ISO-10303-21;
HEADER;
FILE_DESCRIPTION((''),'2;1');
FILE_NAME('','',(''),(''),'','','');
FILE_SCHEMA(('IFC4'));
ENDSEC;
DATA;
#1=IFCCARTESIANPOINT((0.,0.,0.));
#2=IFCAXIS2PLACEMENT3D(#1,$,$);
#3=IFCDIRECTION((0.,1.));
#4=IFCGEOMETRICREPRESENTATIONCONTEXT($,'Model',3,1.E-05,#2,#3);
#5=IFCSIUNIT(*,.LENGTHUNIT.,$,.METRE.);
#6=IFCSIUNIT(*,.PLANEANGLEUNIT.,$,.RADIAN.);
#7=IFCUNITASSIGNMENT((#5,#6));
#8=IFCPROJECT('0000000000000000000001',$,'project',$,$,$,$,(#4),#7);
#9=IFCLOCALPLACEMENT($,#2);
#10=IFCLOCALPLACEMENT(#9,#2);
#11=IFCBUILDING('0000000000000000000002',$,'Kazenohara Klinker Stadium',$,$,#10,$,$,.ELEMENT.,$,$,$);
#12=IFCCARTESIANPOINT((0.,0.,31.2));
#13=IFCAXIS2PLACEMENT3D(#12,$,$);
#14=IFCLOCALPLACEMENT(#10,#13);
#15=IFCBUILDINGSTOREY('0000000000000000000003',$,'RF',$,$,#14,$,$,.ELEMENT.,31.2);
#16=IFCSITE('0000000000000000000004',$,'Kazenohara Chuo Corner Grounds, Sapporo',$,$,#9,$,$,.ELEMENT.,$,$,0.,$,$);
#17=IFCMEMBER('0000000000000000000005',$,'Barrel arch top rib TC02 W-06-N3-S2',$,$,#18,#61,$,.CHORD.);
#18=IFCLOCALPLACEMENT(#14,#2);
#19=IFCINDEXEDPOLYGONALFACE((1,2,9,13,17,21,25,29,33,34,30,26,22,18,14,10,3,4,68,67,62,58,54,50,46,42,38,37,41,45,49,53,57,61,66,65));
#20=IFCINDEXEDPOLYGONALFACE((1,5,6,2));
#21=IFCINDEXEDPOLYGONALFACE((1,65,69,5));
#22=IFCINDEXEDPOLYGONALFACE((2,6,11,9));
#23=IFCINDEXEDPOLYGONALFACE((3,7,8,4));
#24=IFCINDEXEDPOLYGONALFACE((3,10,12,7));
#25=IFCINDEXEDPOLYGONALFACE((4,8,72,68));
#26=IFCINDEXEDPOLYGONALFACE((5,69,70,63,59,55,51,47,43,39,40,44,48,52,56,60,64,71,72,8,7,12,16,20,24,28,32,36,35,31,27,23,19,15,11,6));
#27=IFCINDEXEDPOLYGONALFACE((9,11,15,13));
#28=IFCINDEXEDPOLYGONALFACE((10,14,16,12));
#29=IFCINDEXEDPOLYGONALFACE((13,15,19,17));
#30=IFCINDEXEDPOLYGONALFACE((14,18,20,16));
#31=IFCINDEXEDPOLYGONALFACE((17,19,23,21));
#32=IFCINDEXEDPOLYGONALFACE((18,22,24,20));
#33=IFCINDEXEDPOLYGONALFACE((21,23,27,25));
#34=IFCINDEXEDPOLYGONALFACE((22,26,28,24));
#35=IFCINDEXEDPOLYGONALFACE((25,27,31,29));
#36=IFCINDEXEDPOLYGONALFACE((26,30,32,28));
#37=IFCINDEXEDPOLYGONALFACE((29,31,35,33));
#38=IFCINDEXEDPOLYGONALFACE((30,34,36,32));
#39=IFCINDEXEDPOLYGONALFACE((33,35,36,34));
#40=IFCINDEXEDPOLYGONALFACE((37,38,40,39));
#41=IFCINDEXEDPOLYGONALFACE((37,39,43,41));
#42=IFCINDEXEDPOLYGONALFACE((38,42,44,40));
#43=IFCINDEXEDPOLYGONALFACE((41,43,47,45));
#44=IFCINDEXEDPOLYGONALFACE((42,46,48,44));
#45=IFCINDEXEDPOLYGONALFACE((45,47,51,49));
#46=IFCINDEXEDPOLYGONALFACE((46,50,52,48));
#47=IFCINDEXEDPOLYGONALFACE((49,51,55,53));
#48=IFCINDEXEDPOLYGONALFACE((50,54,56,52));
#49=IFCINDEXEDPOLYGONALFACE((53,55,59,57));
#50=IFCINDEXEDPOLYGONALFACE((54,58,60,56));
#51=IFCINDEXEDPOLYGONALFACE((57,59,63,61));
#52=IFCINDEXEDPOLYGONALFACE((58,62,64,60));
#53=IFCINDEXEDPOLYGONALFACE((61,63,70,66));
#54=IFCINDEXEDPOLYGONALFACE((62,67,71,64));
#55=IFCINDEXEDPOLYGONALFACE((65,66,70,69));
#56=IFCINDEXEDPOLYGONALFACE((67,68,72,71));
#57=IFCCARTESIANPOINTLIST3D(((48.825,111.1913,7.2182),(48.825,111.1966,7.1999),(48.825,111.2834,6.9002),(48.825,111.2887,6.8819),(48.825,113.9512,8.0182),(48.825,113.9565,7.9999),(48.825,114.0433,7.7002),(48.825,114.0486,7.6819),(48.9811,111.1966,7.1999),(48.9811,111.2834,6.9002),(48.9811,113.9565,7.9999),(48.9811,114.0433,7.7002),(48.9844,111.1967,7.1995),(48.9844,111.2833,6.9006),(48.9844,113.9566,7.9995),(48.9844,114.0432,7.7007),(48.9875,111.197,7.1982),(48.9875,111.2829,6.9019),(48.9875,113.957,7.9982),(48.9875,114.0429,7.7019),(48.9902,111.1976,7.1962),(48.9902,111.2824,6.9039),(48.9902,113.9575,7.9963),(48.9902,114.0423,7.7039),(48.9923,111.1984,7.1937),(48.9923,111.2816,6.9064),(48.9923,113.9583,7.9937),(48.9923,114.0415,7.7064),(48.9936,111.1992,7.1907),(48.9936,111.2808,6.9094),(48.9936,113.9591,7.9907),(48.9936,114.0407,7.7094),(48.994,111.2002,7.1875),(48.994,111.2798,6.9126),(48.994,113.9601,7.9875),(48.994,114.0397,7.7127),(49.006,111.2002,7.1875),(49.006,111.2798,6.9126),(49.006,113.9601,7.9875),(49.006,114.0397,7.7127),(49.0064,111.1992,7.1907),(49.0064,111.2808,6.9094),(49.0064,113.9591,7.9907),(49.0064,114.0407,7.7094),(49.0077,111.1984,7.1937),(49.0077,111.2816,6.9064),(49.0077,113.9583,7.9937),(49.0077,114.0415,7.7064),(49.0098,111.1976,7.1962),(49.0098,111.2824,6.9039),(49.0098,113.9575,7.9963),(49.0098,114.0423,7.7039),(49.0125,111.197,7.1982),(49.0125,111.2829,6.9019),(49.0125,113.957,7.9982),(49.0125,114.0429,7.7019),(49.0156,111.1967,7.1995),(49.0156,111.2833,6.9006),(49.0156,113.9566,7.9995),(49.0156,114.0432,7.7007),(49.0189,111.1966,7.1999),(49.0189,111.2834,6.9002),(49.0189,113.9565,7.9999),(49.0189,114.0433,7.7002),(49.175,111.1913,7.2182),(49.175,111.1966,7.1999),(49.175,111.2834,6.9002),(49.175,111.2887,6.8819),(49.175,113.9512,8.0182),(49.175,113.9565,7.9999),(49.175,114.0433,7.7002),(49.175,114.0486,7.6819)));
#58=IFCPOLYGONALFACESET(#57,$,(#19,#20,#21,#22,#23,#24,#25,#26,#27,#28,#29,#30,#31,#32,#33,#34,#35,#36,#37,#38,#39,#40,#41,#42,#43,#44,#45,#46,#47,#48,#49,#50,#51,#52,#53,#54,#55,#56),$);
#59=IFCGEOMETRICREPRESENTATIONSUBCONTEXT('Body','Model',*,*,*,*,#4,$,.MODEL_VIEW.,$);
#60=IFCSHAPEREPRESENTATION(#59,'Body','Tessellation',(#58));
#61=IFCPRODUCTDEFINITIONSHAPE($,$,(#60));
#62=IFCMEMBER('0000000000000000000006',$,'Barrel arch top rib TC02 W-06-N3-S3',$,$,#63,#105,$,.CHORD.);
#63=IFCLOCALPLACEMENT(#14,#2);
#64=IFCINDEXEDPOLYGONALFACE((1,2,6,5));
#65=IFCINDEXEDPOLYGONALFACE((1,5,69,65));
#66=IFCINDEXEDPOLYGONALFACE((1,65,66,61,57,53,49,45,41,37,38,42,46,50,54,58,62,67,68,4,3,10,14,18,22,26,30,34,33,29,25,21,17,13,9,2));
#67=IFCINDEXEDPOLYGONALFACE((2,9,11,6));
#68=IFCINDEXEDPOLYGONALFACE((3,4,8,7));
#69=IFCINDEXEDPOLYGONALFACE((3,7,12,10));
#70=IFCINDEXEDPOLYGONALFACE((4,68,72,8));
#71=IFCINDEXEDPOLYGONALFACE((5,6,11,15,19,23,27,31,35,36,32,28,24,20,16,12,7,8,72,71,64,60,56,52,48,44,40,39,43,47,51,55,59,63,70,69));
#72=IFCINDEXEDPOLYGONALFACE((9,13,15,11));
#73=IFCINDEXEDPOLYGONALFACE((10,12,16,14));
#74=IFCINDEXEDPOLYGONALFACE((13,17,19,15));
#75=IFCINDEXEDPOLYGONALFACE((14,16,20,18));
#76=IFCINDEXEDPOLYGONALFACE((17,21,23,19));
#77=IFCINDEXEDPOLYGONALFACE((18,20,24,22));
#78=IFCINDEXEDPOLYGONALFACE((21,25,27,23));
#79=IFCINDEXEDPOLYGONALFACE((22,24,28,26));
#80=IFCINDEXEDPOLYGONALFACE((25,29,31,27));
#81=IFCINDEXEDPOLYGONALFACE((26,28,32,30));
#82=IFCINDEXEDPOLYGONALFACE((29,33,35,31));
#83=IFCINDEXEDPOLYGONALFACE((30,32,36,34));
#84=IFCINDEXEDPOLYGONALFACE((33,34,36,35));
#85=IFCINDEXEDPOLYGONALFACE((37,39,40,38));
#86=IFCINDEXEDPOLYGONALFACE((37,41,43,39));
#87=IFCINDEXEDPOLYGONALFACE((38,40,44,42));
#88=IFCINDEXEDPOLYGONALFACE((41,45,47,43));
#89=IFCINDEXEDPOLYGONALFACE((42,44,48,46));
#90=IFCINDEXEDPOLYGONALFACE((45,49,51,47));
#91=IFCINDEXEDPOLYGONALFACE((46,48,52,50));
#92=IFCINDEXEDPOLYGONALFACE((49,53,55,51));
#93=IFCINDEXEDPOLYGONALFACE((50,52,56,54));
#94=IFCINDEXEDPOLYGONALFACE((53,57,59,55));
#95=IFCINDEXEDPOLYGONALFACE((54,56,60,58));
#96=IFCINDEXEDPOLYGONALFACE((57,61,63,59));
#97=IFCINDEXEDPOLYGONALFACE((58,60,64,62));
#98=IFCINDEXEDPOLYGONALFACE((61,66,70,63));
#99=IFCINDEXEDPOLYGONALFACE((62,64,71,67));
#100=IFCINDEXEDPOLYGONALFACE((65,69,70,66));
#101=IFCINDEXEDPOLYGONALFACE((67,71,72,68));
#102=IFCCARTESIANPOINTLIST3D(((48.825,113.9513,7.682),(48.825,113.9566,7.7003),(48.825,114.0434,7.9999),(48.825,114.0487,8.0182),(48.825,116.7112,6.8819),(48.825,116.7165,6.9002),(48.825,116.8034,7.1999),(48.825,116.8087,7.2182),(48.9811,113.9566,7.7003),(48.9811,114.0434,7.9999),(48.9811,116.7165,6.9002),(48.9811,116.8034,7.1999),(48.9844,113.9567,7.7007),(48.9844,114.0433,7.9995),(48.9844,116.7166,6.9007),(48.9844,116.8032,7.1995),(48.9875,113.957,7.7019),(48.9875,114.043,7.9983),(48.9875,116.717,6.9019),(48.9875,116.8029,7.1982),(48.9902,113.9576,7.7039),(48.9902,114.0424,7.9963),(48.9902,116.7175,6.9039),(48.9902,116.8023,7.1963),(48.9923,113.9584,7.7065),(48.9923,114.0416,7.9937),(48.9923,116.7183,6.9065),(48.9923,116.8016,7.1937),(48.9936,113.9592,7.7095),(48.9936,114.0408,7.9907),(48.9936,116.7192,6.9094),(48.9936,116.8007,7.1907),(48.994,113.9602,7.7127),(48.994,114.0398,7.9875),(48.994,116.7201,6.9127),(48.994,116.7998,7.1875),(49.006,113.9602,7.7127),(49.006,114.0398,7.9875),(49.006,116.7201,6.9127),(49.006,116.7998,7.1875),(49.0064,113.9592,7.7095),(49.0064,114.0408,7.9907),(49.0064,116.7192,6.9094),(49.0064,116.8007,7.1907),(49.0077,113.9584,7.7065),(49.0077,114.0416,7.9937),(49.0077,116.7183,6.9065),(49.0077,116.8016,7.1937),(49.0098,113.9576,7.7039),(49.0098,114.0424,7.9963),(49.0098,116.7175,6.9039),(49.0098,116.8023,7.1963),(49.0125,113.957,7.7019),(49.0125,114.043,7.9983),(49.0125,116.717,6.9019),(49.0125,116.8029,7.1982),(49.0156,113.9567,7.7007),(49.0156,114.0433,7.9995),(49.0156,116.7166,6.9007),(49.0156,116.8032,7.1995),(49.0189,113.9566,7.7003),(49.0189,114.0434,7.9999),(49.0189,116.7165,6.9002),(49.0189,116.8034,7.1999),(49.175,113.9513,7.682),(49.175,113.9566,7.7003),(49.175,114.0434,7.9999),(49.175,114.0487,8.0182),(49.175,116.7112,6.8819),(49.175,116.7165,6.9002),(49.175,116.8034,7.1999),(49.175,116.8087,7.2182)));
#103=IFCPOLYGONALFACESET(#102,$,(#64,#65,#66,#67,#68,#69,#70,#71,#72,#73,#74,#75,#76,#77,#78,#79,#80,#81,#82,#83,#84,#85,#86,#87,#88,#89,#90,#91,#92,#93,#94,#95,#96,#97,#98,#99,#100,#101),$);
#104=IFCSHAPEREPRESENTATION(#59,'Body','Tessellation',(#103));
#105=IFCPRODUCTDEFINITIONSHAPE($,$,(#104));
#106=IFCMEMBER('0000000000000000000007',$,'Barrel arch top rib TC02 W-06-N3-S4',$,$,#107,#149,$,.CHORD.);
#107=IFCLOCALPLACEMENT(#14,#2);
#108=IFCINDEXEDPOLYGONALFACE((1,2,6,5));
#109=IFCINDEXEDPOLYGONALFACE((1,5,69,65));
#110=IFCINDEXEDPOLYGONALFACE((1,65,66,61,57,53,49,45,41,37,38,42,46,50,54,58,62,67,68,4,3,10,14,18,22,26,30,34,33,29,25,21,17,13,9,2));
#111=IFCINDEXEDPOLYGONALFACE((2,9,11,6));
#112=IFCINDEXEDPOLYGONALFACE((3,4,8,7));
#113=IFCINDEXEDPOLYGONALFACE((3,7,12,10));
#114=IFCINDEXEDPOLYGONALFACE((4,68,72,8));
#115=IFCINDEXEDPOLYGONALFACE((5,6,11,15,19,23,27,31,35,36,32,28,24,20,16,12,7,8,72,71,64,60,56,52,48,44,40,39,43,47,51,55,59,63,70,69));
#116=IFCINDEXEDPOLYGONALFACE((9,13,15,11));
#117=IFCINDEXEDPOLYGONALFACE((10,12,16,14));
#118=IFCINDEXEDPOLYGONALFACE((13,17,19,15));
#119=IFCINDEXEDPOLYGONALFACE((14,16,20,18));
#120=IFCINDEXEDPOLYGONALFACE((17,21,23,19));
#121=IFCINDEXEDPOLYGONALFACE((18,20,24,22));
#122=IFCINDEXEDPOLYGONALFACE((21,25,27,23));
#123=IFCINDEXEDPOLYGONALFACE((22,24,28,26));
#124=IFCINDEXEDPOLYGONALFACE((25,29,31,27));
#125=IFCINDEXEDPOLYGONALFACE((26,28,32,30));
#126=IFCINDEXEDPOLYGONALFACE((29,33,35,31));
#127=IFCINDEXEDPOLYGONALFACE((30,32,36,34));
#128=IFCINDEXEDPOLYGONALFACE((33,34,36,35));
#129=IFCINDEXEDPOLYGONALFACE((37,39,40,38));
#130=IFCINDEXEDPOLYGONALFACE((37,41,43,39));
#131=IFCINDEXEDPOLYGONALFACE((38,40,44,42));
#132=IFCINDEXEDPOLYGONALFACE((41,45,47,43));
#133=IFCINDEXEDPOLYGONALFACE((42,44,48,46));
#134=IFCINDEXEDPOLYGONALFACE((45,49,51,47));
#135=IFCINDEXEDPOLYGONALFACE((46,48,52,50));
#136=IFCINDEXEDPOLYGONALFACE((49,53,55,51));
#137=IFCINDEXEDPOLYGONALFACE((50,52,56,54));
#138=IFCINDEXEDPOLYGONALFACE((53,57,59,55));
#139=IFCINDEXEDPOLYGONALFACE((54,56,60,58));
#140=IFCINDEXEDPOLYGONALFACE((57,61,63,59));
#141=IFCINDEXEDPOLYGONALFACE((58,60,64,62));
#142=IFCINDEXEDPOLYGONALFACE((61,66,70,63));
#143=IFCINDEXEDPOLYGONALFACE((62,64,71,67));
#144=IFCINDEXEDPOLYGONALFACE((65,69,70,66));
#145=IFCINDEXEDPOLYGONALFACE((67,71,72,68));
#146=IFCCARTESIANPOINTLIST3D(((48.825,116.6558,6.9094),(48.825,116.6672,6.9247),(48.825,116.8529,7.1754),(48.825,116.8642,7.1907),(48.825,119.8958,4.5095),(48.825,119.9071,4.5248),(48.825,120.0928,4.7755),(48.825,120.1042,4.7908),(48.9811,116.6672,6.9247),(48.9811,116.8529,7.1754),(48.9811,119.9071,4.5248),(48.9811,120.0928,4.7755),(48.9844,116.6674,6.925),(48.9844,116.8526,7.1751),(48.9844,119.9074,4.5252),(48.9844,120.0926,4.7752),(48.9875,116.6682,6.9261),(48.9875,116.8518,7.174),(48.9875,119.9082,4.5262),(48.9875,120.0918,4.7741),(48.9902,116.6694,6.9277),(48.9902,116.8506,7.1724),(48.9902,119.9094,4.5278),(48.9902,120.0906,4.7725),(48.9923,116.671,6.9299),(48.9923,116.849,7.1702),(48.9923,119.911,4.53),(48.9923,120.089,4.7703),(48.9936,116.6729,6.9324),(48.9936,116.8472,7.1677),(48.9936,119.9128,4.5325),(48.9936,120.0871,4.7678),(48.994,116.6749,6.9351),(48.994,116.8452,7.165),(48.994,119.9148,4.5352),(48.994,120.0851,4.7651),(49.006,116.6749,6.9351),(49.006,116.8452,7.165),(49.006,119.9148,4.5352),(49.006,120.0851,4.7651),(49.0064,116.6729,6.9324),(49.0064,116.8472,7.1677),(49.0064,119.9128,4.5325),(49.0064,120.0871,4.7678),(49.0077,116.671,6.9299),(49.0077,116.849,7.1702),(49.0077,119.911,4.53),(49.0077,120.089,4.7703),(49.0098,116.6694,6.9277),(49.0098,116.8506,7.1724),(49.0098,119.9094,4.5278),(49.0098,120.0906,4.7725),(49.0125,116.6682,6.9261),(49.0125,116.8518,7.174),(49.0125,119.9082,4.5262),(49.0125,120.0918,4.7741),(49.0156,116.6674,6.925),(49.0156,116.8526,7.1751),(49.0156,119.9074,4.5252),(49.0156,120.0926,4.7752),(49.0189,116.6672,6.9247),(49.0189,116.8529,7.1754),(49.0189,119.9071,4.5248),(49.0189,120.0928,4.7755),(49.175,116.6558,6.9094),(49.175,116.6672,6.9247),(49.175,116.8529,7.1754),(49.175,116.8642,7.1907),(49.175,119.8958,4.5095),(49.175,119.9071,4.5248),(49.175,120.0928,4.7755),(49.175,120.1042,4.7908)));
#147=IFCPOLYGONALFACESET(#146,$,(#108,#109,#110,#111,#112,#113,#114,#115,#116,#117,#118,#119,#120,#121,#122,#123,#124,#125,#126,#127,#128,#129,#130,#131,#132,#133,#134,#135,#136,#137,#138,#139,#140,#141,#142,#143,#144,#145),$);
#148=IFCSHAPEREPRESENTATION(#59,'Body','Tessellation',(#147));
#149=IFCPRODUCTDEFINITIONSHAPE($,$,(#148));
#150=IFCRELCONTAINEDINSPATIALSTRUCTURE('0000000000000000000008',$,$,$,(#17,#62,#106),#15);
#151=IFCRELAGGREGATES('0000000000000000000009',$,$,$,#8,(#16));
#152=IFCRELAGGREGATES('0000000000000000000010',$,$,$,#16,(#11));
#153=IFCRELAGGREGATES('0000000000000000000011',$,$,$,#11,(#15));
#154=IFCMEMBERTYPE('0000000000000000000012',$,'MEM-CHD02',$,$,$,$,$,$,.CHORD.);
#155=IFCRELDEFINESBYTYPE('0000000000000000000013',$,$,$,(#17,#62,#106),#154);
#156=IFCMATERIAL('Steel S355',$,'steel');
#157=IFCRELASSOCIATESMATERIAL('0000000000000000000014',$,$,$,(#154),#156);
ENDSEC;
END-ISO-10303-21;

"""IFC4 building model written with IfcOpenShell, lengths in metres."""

from ifc_helpers import new_model, si_unit, direction, frame, origin, origin_2d, place, context, subcontext, project, spatial, i_section, extrude, material, material_profile, profile_set, type_object, element, save


model = new_model("IFC4")

# Units and contexts
model_context = context("Model", 3, precision=1e-05, world=origin(), true_north=direction((0.0, 1.0)))
body_context = subcontext(model_context, "Body", "Model", "MODEL_VIEW")
ifc_project = project(units=[si_unit("LENGTHUNIT", "METRE"), si_unit("PLANEANGLEUNIT", "RADIAN")], contexts=[model_context])

# Site, building, storey
site_placement = place(None, origin())
site = spatial("IfcSite", under=ifc_project, at=site_placement, Name="Kazenohara Chuo Corner Grounds, Sapporo", CompositionType="ELEMENT", RefElevation=0.0)
building_placement = place(site_placement, origin())
building = spatial("IfcBuilding", under=site, at=building_placement, Name="Kazenohara Klinker Stadium", CompositionType="ELEMENT")
storey_placement = place(building_placement, frame((0.0, 0.0, 31.2)))
storey = spatial("IfcBuildingStorey", under=building, at=storey_placement, Name="RF", CompositionType="ELEMENT", Elevation=31.2)

# Members
ifc_material_1 = material(Name="Steel S355", Category="steel")
ifc_material_profile_1 = material_profile(ifc_material_1, i_section(OverallWidth=0.3501, OverallDepth=0.3501, WebThickness=0.012, FlangeThickness=0.019, FilletRadius=0.0129, at=origin_2d()), Name="H-350x350x12x19")
ifc_profile_set_1 = profile_set([ifc_material_profile_1], Name="Steel S355")
member_type_1 = type_object("IfcMemberType", Name="MEM-CHD02", PredefinedType="CHORD", material=ifc_profile_set_1)
for number, where, z_axis, x_axis, name in (
    (1, (49.0, 111.24, 7.05), (0.0, 0.960462, 0.278411), (-1.0, 0.0, 0.0), "Barrel arch top rib TC02 W-06-N3-S2"),
    (2, (49.0, 114.0, 7.8501), (0.0, 0.960462, -0.278411), (-1.0, 0.0, 0.0), "Barrel arch top rib TC02 W-06-N3-S3"),
):
    element("IfcMember", number, at=place(storey_placement, frame(where, z_axis=z_axis, x_axis=x_axis)), inside=storey, type_object=member_type_1, Name=name, PredefinedType="CHORD", context=body_context, shape_type="SweptSolid", body=[
        extrude(i_section(OverallWidth=0.3501, OverallDepth=0.3501, WebThickness=0.012, FlangeThickness=0.019, FilletRadius=0.0129, at=origin_2d()), origin(), (0.0, 0.0, 1.0), 2.8735),
    ])
member_1_placement = place(storey_placement, frame((49.0, 116.76, 7.05), z_axis=(0.0, 0.803568, -0.595213), x_axis=(-1.0, 0.0, 0.0)))
element("IfcMember", 3, at=member_1_placement, inside=storey, type_object=member_type_1, Name="Barrel arch top rib TC02 W-06-N3-S4", PredefinedType="CHORD", context=body_context, shape_type="SweptSolid", body=[
    extrude(i_section(OverallWidth=0.3501, OverallDepth=0.3501, WebThickness=0.012, FlangeThickness=0.019, FilletRadius=0.0129, at=origin_2d()), origin(), (0.0, 0.0, 1.0), 4.032),
])

save(model, "model.ifc")
